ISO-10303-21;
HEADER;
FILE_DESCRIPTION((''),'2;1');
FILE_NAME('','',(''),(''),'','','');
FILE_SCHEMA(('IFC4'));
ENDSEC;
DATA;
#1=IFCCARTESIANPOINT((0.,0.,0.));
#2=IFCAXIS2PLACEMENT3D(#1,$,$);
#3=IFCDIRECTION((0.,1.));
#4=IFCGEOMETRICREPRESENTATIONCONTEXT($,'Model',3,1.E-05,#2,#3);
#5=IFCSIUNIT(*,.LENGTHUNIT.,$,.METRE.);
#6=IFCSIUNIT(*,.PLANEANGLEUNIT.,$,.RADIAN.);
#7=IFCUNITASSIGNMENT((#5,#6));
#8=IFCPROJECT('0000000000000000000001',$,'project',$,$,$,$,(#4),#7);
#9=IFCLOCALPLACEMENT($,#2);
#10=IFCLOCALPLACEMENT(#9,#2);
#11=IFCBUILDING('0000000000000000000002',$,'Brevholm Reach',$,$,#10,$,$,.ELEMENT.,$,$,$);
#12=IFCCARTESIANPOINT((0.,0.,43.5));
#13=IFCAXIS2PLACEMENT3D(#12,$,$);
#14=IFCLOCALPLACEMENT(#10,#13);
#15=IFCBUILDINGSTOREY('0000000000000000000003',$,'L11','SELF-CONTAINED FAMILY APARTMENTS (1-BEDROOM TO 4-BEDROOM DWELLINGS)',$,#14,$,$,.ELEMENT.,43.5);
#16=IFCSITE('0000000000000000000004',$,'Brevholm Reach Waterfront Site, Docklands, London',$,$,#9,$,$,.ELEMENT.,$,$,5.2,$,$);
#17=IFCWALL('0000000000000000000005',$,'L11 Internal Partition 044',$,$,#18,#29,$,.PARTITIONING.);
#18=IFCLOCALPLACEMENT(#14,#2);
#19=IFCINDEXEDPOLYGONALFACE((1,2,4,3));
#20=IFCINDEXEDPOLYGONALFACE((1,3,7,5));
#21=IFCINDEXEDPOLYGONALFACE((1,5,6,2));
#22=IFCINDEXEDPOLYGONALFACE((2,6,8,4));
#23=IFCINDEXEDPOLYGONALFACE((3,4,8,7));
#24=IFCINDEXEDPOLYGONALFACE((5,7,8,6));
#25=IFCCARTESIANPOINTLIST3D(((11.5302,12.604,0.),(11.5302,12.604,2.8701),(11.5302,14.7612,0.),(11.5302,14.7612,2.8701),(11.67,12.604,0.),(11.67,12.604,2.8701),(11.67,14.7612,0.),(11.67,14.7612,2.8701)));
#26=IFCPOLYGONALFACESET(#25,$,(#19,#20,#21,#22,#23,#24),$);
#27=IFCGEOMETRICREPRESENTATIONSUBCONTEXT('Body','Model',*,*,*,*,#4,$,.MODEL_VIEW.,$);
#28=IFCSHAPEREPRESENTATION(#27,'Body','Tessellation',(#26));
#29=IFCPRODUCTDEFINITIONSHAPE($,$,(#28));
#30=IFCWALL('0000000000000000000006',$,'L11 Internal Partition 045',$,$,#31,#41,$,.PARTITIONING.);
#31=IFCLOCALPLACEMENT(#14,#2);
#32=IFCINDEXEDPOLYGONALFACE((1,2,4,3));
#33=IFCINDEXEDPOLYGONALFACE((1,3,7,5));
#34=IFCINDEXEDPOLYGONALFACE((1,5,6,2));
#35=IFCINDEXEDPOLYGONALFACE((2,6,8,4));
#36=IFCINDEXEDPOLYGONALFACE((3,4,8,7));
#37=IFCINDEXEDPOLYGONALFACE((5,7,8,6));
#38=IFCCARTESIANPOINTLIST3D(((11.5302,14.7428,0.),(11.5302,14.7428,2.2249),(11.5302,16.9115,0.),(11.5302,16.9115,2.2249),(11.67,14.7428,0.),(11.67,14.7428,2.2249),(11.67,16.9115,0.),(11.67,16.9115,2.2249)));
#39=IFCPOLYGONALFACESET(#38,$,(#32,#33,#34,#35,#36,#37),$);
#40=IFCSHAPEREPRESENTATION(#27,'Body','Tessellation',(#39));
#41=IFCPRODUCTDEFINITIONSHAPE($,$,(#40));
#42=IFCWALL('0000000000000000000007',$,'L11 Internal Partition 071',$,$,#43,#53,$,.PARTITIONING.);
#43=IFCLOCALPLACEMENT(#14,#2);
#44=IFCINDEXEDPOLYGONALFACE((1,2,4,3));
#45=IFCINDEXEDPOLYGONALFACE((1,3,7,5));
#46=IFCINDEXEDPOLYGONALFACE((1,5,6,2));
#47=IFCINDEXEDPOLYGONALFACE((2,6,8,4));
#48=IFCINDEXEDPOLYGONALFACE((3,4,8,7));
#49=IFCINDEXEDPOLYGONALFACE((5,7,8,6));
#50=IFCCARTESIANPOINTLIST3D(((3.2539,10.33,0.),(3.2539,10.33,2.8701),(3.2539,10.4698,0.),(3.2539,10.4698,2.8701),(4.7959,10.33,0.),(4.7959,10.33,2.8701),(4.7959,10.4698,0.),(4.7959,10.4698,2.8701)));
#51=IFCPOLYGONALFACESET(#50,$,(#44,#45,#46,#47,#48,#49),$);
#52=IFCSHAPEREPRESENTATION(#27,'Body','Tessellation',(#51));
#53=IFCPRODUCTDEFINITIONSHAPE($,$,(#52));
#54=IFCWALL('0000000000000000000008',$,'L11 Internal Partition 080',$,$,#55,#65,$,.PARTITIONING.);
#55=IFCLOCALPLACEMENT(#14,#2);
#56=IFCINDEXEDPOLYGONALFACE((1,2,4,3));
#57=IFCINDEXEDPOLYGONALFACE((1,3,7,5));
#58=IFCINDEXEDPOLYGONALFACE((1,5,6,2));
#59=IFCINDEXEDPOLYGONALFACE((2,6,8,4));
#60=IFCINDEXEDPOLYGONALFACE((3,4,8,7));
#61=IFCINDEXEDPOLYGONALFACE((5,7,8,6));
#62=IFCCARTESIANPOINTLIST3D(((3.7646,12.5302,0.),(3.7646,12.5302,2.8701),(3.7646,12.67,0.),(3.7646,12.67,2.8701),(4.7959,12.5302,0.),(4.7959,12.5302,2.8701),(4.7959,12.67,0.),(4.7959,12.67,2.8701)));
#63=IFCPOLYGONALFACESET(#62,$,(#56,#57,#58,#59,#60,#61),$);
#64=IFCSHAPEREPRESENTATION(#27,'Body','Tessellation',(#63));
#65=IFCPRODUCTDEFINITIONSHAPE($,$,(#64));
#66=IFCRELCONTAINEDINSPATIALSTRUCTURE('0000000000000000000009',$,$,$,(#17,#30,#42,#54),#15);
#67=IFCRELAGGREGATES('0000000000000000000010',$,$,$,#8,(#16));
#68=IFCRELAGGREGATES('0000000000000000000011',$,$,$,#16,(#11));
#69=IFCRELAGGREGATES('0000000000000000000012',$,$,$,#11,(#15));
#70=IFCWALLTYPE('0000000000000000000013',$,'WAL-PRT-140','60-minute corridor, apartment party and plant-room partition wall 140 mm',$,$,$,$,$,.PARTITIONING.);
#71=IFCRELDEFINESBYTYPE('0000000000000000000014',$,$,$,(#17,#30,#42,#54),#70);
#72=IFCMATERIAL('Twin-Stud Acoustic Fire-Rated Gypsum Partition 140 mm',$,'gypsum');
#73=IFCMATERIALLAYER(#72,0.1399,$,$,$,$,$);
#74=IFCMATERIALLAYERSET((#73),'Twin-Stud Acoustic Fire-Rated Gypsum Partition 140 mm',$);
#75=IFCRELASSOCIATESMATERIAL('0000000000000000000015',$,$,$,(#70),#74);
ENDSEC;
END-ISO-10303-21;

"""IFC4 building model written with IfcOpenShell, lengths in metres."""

from ifc_helpers import new_model, si_unit, direction, frame, frame_2d, origin, place, context, subcontext, project, spatial, rectangle, extrude, material, layer, layer_set, type_object, element, save


model = new_model("IFC4")

# Units and contexts
model_context = context("Model", 3, precision=1e-05, world=origin(), true_north=direction((0.0, 1.0)))
body_context = subcontext(model_context, "Body", "Model", "MODEL_VIEW")
ifc_project = project(units=[si_unit("LENGTHUNIT", "METRE"), si_unit("PLANEANGLEUNIT", "RADIAN")], contexts=[model_context])

# Site, building, storey
site_placement = place(None, origin())
site = spatial("IfcSite", under=ifc_project, at=site_placement, Name="Brevholm Reach Waterfront Site, Docklands, London", CompositionType="ELEMENT", RefElevation=5.2)
building_placement = place(site_placement, origin())
building = spatial("IfcBuilding", under=site, at=building_placement, Name="Brevholm Reach", CompositionType="ELEMENT")
storey_placement = place(building_placement, frame((0.0, 0.0, 43.5)))
storey = spatial("IfcBuildingStorey", under=building, at=storey_placement, Name="L11", Description="SELF-CONTAINED FAMILY APARTMENTS (1-BEDROOM TO 4-BEDROOM DWELLINGS)", CompositionType="ELEMENT", Elevation=43.5)

# Shared definitions
ifc_material_1 = material(Name="Twin-Stud Acoustic Fire-Rated Gypsum Partition 140 mm", Category="gypsum")
ifc_layer_1 = layer(ifc_material_1, 0.1399)
ifc_layer_set_1 = layer_set([ifc_layer_1], Name="Twin-Stud Acoustic Fire-Rated Gypsum Partition 140 mm")
wall_type_1 = type_object("IfcWallType", Name="WAL-PRT-140", Description="60-minute corridor, apartment party and plant-room partition wall 140 mm", PredefinedType="PARTITIONING", material=ifc_layer_set_1)

# Walls
wall_1_placement = place(storey_placement, frame((11.6001, 12.604, 0.0), z_axis=(0.0, 0.0, 1.0), x_axis=(0.0, 1.0, 0.0)))
element("IfcWall", 1, at=wall_1_placement, inside=storey, type_object=wall_type_1, Name="L11 Internal Partition 044", PredefinedType="PARTITIONING", context=body_context, shape_type="SweptSolid", body=[
    extrude(rectangle(XDim=2.1572, YDim=0.1399, at=frame_2d((1.0786, 0.0))), origin(), (0.0, 0.0, 1.0), 2.8701),
])
wall_2_placement = place(storey_placement, frame((11.6001, 14.7427, 0.0), z_axis=(0.0, 0.0, 1.0), x_axis=(0.0, 1.0, 0.0)))
element("IfcWall", 2, at=wall_2_placement, inside=storey, type_object=wall_type_1, Name="L11 Internal Partition 045", PredefinedType="PARTITIONING", context=body_context, shape_type="SweptSolid", body=[
    extrude(rectangle(XDim=2.1687, YDim=0.1399, at=frame_2d((1.0845, 0.0))), origin(), (0.0, 0.0, 1.0), 2.2249),
])
wall_3_placement = place(storey_placement, frame((3.2539, 10.3999, 0.0), z_axis=(0.0, 0.0, 1.0), x_axis=(1.0, 0.0, 0.0)))
element("IfcWall", 3, at=wall_3_placement, inside=storey, type_object=wall_type_1, Name="L11 Internal Partition 071", PredefinedType="PARTITIONING", context=body_context, shape_type="SweptSolid", body=[
    extrude(rectangle(XDim=1.542, YDim=0.1399, at=frame_2d((0.771, 0.0))), origin(), (0.0, 0.0, 1.0), 2.8701),
])
wall_4_placement = place(storey_placement, frame((3.7646, 12.6001, 0.0), z_axis=(0.0, 0.0, 1.0), x_axis=(1.0, 0.0, 0.0)))
element("IfcWall", 4, at=wall_4_placement, inside=storey, type_object=wall_type_1, Name="L11 Internal Partition 080", PredefinedType="PARTITIONING", context=body_context, shape_type="SweptSolid", body=[
    extrude(rectangle(XDim=1.0312, YDim=0.1399, at=frame_2d((0.5156, 0.0))), origin(), (0.0, 0.0, 1.0), 2.8701),
])

save(model, "model.ifc")
